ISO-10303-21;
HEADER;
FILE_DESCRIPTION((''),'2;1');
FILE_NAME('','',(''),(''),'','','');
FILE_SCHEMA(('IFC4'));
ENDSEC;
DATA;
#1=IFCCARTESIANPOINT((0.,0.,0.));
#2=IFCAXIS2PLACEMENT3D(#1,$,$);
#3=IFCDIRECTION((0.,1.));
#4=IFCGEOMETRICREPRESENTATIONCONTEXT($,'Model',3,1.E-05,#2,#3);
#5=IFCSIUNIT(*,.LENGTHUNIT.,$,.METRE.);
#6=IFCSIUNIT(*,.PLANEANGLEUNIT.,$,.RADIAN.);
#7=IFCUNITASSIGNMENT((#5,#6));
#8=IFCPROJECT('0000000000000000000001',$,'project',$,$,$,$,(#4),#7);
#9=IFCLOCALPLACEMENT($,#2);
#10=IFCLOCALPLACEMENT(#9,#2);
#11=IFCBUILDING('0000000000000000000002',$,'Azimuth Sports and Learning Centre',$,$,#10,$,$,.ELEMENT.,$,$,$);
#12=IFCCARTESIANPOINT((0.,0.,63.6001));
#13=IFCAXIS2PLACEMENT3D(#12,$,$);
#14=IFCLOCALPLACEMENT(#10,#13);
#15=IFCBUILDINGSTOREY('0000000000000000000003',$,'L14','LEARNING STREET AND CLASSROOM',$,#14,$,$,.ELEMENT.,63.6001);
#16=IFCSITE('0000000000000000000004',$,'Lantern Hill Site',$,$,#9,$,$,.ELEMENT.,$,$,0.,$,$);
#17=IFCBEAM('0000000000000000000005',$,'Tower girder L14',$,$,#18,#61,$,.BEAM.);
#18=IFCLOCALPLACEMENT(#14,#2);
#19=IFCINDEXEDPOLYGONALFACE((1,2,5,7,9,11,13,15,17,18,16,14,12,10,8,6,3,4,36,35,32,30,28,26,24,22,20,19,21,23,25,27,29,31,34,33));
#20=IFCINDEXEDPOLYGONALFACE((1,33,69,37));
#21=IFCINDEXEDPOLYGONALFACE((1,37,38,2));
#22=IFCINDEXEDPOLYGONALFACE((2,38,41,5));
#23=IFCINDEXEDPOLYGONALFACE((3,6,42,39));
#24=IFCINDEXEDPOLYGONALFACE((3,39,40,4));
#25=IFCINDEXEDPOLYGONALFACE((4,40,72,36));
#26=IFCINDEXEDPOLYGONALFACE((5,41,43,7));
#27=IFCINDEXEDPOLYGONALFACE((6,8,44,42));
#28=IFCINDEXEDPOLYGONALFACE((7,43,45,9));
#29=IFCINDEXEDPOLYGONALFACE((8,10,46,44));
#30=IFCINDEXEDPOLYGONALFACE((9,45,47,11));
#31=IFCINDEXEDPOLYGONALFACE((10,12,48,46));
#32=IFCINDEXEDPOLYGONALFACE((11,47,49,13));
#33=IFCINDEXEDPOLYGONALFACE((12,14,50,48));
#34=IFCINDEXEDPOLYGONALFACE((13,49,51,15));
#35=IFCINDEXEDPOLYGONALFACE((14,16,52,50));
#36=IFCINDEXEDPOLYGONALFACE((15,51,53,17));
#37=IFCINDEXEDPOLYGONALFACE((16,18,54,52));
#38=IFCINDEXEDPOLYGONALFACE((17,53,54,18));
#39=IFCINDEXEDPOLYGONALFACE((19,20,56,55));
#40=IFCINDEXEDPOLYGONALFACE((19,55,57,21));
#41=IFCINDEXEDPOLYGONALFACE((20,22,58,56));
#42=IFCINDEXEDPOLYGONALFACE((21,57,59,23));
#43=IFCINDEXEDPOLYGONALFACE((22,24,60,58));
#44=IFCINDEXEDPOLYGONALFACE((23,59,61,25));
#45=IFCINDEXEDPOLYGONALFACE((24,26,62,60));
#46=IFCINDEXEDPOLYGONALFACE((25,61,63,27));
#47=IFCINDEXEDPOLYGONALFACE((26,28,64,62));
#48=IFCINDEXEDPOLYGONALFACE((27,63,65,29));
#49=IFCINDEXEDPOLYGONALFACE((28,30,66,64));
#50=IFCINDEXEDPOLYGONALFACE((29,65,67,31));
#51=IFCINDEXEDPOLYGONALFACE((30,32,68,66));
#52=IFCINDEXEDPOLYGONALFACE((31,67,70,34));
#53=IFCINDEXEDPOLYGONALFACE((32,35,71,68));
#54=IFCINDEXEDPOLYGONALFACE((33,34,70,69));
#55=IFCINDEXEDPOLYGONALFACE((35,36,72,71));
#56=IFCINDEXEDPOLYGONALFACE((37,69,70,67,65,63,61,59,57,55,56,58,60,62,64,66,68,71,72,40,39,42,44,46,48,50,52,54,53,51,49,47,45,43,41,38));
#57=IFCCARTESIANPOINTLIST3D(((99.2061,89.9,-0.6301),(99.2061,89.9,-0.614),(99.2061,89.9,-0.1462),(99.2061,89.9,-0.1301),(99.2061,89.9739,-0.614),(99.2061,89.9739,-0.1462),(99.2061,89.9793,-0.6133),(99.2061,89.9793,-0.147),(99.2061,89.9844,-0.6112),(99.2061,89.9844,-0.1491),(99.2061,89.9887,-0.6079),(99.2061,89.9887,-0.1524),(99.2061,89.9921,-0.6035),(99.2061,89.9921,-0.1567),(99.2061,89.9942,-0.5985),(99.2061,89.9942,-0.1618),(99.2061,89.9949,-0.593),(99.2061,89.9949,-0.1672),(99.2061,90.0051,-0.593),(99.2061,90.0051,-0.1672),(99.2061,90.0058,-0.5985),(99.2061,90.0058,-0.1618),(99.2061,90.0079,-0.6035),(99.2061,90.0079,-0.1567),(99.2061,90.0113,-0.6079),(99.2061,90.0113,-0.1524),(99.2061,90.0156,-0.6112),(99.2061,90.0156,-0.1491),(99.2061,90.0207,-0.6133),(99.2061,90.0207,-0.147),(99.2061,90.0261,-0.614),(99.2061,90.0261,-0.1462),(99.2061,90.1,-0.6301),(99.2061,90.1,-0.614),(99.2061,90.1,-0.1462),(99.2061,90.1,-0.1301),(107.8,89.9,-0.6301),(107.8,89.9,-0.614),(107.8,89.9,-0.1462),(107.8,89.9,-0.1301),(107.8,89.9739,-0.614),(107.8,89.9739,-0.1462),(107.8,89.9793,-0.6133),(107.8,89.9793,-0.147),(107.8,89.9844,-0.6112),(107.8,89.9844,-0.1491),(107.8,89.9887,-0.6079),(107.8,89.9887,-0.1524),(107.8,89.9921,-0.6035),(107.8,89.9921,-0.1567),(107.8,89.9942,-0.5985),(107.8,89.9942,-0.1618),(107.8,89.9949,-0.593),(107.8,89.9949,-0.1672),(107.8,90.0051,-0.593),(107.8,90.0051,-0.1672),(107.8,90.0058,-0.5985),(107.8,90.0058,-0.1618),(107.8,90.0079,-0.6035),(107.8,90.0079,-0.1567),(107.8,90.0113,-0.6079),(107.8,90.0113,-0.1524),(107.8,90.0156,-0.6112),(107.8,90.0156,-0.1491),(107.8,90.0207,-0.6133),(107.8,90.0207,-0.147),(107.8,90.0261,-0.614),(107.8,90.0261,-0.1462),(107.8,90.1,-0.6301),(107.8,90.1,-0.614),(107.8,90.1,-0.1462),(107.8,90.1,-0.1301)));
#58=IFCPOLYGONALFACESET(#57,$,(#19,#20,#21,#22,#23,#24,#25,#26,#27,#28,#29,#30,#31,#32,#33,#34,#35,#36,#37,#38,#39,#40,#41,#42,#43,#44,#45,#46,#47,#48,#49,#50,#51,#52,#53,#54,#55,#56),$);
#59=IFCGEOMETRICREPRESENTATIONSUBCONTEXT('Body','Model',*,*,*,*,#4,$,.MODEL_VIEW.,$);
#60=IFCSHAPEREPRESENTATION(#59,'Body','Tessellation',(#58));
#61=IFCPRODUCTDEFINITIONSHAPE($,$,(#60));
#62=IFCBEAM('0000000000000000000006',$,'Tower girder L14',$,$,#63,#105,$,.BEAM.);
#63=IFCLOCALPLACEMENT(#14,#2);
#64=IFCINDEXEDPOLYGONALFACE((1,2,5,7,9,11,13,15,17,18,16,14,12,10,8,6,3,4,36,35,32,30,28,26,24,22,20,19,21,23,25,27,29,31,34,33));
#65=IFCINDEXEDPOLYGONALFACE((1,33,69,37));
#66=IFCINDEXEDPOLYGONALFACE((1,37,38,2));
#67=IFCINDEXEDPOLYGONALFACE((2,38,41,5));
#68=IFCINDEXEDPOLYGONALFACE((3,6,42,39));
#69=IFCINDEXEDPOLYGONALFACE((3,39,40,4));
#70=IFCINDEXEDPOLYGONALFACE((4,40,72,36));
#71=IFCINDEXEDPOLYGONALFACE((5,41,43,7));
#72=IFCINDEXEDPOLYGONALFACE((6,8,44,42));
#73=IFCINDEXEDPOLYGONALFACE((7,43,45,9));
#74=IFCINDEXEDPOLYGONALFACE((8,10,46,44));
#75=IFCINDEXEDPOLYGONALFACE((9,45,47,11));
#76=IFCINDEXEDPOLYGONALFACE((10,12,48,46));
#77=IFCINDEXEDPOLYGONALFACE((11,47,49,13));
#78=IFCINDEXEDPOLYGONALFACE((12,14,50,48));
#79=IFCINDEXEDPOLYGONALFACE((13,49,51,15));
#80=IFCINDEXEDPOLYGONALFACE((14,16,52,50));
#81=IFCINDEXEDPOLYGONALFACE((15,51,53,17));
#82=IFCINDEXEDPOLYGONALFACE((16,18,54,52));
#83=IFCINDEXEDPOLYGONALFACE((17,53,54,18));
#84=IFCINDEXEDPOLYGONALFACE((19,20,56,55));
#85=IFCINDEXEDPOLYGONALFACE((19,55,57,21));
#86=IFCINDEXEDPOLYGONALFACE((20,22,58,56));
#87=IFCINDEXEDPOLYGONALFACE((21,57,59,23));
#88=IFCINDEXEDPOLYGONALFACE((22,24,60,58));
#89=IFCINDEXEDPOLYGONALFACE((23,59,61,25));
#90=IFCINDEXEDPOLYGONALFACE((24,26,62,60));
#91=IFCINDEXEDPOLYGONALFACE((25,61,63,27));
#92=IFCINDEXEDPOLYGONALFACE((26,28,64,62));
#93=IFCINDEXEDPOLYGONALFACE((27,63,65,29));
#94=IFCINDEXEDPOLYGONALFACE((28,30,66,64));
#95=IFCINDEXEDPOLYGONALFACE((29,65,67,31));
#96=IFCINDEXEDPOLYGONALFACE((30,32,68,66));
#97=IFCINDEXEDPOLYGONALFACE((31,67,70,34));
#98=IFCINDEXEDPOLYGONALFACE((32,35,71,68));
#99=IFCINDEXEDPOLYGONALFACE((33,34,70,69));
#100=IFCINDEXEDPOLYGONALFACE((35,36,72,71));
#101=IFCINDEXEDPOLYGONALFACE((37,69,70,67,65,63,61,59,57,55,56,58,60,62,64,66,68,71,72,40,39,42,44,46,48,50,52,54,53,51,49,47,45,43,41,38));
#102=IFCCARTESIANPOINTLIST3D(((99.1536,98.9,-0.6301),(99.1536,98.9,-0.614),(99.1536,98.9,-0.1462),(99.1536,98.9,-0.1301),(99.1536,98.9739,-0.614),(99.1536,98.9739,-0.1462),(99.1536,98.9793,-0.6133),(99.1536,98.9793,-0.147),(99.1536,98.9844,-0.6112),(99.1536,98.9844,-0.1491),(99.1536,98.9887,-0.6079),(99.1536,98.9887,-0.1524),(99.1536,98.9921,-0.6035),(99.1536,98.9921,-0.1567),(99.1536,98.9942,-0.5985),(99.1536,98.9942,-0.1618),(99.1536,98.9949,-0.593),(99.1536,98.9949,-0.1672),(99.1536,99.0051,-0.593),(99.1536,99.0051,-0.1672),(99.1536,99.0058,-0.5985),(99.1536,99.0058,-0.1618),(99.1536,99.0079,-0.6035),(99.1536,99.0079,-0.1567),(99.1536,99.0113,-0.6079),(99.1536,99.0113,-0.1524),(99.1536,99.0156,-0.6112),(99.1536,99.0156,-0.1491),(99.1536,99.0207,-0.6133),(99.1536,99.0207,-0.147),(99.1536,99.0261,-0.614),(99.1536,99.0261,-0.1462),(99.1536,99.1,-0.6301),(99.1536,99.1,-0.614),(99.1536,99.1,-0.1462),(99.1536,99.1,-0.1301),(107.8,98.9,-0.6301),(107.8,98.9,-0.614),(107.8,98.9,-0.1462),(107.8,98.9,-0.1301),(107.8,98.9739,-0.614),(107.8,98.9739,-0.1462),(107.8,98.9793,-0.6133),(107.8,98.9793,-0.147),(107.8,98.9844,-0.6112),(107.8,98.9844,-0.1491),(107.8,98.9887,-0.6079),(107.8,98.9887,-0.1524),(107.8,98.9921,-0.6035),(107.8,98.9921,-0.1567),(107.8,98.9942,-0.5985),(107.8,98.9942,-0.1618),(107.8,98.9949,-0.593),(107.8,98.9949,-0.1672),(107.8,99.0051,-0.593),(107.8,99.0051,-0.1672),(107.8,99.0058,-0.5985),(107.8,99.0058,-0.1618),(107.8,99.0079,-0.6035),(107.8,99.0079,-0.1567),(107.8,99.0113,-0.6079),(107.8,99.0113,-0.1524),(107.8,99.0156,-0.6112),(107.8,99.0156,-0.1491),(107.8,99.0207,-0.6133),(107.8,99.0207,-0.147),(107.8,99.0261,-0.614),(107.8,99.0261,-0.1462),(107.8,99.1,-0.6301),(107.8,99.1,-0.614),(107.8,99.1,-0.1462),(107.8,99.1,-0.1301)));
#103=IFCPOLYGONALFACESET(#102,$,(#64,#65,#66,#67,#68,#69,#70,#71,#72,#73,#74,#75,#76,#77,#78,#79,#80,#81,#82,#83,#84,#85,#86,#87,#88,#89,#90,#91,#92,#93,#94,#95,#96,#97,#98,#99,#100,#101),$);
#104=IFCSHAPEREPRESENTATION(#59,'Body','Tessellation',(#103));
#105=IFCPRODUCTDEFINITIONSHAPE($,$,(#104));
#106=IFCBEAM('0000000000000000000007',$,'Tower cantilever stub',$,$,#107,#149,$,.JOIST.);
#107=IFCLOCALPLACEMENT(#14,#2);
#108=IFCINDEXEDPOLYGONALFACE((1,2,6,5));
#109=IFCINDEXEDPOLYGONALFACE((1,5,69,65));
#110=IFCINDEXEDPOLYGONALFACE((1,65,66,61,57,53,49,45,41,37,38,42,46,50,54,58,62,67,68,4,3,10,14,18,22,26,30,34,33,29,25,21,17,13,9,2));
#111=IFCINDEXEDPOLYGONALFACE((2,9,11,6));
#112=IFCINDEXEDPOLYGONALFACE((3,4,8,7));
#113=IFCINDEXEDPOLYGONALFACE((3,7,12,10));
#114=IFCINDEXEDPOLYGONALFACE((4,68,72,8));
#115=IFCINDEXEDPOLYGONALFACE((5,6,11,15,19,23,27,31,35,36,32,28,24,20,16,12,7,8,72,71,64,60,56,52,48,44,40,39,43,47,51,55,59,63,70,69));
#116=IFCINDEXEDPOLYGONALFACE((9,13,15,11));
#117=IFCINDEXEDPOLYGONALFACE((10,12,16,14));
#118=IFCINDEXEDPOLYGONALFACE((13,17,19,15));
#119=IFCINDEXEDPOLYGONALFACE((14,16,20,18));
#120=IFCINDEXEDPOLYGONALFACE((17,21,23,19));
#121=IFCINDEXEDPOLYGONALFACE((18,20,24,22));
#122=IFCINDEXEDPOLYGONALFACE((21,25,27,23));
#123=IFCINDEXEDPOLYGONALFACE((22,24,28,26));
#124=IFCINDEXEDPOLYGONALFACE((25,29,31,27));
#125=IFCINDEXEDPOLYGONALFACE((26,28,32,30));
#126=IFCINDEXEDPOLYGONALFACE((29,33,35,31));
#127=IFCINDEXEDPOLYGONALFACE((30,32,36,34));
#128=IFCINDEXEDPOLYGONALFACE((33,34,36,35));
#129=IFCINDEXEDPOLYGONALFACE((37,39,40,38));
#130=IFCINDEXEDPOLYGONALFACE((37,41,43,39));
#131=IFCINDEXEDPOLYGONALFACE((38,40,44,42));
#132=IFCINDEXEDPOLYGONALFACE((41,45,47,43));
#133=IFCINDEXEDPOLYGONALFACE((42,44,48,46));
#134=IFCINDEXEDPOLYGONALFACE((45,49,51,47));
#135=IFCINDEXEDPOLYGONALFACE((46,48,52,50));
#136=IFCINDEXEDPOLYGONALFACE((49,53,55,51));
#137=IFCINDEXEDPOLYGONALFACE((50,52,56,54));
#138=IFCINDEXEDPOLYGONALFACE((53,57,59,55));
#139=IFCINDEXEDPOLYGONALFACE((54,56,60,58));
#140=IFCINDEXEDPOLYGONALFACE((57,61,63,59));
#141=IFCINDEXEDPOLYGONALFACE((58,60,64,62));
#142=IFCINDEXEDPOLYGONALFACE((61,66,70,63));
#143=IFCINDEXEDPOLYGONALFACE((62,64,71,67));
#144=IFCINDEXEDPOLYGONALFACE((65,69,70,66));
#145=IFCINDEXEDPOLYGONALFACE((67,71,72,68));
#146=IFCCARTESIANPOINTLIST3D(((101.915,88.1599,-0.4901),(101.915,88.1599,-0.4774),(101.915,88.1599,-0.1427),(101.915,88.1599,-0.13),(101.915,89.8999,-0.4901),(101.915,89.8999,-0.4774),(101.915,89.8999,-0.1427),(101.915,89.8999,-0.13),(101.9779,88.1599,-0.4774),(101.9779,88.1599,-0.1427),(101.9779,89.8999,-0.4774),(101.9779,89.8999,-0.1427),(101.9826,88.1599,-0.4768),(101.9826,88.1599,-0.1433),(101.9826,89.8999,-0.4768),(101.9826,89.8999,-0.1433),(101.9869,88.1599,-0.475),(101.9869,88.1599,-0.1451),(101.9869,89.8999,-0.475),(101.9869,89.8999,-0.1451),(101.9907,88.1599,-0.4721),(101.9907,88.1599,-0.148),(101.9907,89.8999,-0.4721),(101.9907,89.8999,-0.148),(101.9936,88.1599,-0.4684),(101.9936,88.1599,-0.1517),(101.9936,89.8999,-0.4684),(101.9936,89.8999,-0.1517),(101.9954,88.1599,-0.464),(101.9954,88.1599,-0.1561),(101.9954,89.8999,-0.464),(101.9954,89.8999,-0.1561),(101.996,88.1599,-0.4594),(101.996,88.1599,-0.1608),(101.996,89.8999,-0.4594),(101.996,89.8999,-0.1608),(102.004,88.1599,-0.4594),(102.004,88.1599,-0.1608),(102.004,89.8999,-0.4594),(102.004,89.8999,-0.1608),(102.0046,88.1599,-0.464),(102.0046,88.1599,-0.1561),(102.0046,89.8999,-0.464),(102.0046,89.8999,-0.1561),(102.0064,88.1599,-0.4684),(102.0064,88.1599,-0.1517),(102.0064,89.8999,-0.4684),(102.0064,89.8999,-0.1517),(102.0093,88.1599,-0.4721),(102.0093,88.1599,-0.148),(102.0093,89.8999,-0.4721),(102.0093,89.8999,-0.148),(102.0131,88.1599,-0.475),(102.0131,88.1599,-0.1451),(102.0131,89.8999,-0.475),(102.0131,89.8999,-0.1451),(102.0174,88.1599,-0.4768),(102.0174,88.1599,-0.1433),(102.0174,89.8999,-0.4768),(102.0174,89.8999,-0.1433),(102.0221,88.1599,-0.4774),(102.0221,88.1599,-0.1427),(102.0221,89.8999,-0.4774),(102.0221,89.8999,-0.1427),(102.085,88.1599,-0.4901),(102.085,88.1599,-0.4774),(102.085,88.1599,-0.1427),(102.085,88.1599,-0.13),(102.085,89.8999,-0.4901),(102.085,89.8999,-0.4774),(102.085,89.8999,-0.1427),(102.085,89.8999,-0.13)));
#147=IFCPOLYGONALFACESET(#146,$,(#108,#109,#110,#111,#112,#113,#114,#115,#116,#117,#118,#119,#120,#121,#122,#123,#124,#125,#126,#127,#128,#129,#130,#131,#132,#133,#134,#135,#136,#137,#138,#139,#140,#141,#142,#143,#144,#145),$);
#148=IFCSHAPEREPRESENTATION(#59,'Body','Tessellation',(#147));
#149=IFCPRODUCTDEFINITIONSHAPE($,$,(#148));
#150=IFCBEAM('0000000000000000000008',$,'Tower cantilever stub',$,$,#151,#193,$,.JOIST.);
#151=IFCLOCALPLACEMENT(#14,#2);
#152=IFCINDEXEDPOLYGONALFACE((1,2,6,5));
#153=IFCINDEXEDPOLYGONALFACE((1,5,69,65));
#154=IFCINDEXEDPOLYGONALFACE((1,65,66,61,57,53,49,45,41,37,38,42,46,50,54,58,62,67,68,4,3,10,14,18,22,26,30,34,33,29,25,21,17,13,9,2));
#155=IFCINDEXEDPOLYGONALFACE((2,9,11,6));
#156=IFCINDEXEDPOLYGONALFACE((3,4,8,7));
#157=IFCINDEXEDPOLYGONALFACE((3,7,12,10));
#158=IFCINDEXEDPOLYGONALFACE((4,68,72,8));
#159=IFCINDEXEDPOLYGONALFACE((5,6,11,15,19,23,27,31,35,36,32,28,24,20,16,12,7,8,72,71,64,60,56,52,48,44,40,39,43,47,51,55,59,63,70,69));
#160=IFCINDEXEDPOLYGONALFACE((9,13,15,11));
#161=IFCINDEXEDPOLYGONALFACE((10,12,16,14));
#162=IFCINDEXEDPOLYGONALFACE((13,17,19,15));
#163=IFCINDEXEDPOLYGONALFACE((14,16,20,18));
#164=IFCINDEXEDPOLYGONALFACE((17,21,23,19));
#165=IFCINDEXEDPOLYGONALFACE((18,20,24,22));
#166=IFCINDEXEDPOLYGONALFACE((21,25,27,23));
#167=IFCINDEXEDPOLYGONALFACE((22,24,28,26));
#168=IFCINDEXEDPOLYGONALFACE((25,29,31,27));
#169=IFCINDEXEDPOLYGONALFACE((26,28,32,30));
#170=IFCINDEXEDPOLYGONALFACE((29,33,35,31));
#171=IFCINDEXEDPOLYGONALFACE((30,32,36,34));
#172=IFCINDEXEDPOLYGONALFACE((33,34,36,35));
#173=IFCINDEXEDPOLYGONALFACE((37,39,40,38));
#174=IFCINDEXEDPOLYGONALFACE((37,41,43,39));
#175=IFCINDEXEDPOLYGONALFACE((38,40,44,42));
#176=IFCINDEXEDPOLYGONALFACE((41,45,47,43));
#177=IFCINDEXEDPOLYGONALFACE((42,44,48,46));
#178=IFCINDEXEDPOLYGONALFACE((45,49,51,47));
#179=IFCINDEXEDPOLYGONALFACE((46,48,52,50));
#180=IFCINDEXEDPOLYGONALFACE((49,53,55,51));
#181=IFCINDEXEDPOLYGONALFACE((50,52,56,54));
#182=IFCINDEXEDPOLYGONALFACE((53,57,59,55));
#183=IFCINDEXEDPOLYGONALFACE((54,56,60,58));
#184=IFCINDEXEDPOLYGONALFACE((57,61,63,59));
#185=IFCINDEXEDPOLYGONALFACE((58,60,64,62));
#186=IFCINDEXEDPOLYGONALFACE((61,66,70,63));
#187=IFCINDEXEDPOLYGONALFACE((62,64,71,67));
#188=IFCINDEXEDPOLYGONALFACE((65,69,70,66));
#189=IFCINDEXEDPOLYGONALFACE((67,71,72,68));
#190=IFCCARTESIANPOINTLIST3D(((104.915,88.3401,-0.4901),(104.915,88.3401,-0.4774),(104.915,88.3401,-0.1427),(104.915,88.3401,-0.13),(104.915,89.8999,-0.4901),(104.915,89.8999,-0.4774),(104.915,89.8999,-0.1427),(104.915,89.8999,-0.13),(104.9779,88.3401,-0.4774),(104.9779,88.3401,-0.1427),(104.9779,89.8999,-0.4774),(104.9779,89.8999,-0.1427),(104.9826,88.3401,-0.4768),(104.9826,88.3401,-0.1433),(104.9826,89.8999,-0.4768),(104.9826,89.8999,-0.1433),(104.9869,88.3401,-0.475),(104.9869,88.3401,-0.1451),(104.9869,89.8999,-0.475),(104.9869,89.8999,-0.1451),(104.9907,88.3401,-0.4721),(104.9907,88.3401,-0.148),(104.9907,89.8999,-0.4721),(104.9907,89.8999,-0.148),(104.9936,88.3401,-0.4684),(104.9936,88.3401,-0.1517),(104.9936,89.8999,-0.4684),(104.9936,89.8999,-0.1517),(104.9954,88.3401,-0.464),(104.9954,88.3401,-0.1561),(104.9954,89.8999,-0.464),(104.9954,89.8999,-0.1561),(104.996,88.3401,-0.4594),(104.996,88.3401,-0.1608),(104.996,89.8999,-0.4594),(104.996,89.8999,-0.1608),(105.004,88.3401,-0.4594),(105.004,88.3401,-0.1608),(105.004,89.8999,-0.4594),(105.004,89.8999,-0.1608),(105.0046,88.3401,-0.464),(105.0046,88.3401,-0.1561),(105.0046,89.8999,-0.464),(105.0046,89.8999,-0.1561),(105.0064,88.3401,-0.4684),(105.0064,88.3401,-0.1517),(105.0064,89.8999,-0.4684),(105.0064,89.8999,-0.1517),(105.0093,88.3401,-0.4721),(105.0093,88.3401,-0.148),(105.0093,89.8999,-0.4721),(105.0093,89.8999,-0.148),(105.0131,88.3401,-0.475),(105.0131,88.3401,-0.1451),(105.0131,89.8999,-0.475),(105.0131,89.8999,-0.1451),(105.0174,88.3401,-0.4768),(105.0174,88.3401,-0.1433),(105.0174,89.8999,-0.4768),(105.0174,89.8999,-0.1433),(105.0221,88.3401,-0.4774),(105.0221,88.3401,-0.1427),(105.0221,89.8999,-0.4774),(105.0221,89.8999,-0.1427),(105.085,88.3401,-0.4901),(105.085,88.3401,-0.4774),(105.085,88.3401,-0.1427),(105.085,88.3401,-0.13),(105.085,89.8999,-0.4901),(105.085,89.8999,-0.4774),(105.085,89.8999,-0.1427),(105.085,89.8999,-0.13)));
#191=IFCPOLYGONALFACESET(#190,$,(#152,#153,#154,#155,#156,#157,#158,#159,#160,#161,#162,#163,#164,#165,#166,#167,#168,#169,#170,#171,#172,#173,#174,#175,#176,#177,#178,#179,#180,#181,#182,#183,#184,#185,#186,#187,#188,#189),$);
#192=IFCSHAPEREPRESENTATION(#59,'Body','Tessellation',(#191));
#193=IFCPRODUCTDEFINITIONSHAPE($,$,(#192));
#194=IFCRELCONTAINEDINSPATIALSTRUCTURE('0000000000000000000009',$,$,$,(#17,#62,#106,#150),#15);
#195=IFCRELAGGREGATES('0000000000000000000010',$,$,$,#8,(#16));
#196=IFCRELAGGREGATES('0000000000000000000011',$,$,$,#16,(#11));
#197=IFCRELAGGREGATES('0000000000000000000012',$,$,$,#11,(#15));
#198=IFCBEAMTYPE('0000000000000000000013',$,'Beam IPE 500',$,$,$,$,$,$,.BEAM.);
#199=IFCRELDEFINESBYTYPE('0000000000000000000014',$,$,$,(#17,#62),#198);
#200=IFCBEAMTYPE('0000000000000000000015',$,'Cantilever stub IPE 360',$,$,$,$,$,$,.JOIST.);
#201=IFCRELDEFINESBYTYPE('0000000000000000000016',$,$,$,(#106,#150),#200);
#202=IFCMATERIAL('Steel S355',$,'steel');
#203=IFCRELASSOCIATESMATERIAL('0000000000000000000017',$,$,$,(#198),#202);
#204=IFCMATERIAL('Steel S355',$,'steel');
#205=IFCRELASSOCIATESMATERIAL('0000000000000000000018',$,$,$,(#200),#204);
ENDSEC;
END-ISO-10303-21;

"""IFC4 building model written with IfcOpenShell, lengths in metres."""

from ifc_helpers import new_model, si_unit, direction, frame, origin, origin_2d, place, context, subcontext, project, spatial, i_section, extrude, material, material_profile, profile_set, type_object, element, save


model = new_model("IFC4")

# Units and contexts
model_context = context("Model", 3, precision=1e-05, world=origin(), true_north=direction((0.0, 1.0)))
body_context = subcontext(model_context, "Body", "Model", "MODEL_VIEW")
ifc_project = project(units=[si_unit("LENGTHUNIT", "METRE"), si_unit("PLANEANGLEUNIT", "RADIAN")], contexts=[model_context])

# Site, building, storey
site_placement = place(None, origin())
site = spatial("IfcSite", under=ifc_project, at=site_placement, Name="Lantern Hill Site", CompositionType="ELEMENT", RefElevation=0.0)
building_placement = place(site_placement, origin())
building = spatial("IfcBuilding", under=site, at=building_placement, Name="Azimuth Sports and Learning Centre", CompositionType="ELEMENT")
storey_placement = place(building_placement, frame((0.0, 0.0, 63.6001)))
storey = spatial("IfcBuildingStorey", under=building, at=storey_placement, Name="L14", Description="LEARNING STREET AND CLASSROOM", CompositionType="ELEMENT", Elevation=63.6001)

# Beams
ifc_material_1 = material(Name="Steel S355", Category="steel")
ifc_material_profile_1 = material_profile(ifc_material_1, i_section(OverallWidth=0.2, OverallDepth=0.5, WebThickness=0.0103, FlangeThickness=0.0161, FilletRadius=0.021, at=origin_2d()), Name="IPE 500")
ifc_profile_set_1 = profile_set([ifc_material_profile_1], Name="Steel S355")
beam_type_1 = type_object("IfcBeamType", Name="Beam IPE 500", PredefinedType="BEAM", material=ifc_profile_set_1)
beam_1_placement = place(storey_placement, frame((99.2061, 90.0, -0.3801), z_axis=(1.0, 0.0, 0.0), x_axis=(0.0, 1.0, 0.0)))
element("IfcBeam", 1, at=beam_1_placement, inside=storey, type_object=beam_type_1, Name="Tower girder L14", PredefinedType="BEAM", context=body_context, shape_type="SweptSolid", body=[
    extrude(i_section(OverallWidth=0.2, OverallDepth=0.5, WebThickness=0.0103, FlangeThickness=0.0161, FilletRadius=0.021, at=origin_2d()), origin(), (0.0, 0.0, 1.0), 8.594),
])
beam_2_placement = place(storey_placement, frame((99.1536, 99.0, -0.3801), z_axis=(1.0, 0.0, 0.0), x_axis=(0.0, 1.0, 0.0)))
element("IfcBeam", 2, at=beam_2_placement, inside=storey, type_object=beam_type_1, Name="Tower girder L14", PredefinedType="BEAM", context=body_context, shape_type="SweptSolid", body=[
    extrude(i_section(OverallWidth=0.2, OverallDepth=0.5, WebThickness=0.0103, FlangeThickness=0.0161, FilletRadius=0.021, at=origin_2d()), origin(), (0.0, 0.0, 1.0), 8.6465),
])
ifc_material_2 = material(Name="Steel S355", Category="steel")
ifc_material_profile_2 = material_profile(ifc_material_2, i_section(OverallWidth=0.1699, OverallDepth=0.3601, WebThickness=0.0081, FlangeThickness=0.0127, FilletRadius=0.0181, at=origin_2d()), Name="IPE 360")
ifc_profile_set_2 = profile_set([ifc_material_profile_2], Name="Steel S355")
beam_type_2 = type_object("IfcBeamType", Name="Cantilever stub IPE 360", PredefinedType="JOIST", material=ifc_profile_set_2)
beam_3_placement = place(storey_placement, frame((102.0, 89.8999, -0.3101), z_axis=(0.0, -1.0, 0.0), x_axis=(1.0, 0.0, 0.0)))
element("IfcBeam", 3, at=beam_3_placement, inside=storey, type_object=beam_type_2, Name="Tower cantilever stub", PredefinedType="JOIST", context=body_context, shape_type="SweptSolid", body=[
    extrude(i_section(OverallWidth=0.1699, OverallDepth=0.3601, WebThickness=0.0081, FlangeThickness=0.0127, FilletRadius=0.0181, at=origin_2d()), origin(), (0.0, 0.0, 1.0), 1.74),
])
beam_4_placement = place(storey_placement, frame((105.0, 89.8999, -0.3101), z_axis=(0.0, -1.0, 0.0), x_axis=(1.0, 0.0, 0.0)))
element("IfcBeam", 4, at=beam_4_placement, inside=storey, type_object=beam_type_2, Name="Tower cantilever stub", PredefinedType="JOIST", context=body_context, shape_type="SweptSolid", body=[
    extrude(i_section(OverallWidth=0.1699, OverallDepth=0.3601, WebThickness=0.0081, FlangeThickness=0.0127, FilletRadius=0.0181, at=origin_2d()), origin(), (0.0, 0.0, 1.0), 1.5598),
])

save(model, "model.ifc")
